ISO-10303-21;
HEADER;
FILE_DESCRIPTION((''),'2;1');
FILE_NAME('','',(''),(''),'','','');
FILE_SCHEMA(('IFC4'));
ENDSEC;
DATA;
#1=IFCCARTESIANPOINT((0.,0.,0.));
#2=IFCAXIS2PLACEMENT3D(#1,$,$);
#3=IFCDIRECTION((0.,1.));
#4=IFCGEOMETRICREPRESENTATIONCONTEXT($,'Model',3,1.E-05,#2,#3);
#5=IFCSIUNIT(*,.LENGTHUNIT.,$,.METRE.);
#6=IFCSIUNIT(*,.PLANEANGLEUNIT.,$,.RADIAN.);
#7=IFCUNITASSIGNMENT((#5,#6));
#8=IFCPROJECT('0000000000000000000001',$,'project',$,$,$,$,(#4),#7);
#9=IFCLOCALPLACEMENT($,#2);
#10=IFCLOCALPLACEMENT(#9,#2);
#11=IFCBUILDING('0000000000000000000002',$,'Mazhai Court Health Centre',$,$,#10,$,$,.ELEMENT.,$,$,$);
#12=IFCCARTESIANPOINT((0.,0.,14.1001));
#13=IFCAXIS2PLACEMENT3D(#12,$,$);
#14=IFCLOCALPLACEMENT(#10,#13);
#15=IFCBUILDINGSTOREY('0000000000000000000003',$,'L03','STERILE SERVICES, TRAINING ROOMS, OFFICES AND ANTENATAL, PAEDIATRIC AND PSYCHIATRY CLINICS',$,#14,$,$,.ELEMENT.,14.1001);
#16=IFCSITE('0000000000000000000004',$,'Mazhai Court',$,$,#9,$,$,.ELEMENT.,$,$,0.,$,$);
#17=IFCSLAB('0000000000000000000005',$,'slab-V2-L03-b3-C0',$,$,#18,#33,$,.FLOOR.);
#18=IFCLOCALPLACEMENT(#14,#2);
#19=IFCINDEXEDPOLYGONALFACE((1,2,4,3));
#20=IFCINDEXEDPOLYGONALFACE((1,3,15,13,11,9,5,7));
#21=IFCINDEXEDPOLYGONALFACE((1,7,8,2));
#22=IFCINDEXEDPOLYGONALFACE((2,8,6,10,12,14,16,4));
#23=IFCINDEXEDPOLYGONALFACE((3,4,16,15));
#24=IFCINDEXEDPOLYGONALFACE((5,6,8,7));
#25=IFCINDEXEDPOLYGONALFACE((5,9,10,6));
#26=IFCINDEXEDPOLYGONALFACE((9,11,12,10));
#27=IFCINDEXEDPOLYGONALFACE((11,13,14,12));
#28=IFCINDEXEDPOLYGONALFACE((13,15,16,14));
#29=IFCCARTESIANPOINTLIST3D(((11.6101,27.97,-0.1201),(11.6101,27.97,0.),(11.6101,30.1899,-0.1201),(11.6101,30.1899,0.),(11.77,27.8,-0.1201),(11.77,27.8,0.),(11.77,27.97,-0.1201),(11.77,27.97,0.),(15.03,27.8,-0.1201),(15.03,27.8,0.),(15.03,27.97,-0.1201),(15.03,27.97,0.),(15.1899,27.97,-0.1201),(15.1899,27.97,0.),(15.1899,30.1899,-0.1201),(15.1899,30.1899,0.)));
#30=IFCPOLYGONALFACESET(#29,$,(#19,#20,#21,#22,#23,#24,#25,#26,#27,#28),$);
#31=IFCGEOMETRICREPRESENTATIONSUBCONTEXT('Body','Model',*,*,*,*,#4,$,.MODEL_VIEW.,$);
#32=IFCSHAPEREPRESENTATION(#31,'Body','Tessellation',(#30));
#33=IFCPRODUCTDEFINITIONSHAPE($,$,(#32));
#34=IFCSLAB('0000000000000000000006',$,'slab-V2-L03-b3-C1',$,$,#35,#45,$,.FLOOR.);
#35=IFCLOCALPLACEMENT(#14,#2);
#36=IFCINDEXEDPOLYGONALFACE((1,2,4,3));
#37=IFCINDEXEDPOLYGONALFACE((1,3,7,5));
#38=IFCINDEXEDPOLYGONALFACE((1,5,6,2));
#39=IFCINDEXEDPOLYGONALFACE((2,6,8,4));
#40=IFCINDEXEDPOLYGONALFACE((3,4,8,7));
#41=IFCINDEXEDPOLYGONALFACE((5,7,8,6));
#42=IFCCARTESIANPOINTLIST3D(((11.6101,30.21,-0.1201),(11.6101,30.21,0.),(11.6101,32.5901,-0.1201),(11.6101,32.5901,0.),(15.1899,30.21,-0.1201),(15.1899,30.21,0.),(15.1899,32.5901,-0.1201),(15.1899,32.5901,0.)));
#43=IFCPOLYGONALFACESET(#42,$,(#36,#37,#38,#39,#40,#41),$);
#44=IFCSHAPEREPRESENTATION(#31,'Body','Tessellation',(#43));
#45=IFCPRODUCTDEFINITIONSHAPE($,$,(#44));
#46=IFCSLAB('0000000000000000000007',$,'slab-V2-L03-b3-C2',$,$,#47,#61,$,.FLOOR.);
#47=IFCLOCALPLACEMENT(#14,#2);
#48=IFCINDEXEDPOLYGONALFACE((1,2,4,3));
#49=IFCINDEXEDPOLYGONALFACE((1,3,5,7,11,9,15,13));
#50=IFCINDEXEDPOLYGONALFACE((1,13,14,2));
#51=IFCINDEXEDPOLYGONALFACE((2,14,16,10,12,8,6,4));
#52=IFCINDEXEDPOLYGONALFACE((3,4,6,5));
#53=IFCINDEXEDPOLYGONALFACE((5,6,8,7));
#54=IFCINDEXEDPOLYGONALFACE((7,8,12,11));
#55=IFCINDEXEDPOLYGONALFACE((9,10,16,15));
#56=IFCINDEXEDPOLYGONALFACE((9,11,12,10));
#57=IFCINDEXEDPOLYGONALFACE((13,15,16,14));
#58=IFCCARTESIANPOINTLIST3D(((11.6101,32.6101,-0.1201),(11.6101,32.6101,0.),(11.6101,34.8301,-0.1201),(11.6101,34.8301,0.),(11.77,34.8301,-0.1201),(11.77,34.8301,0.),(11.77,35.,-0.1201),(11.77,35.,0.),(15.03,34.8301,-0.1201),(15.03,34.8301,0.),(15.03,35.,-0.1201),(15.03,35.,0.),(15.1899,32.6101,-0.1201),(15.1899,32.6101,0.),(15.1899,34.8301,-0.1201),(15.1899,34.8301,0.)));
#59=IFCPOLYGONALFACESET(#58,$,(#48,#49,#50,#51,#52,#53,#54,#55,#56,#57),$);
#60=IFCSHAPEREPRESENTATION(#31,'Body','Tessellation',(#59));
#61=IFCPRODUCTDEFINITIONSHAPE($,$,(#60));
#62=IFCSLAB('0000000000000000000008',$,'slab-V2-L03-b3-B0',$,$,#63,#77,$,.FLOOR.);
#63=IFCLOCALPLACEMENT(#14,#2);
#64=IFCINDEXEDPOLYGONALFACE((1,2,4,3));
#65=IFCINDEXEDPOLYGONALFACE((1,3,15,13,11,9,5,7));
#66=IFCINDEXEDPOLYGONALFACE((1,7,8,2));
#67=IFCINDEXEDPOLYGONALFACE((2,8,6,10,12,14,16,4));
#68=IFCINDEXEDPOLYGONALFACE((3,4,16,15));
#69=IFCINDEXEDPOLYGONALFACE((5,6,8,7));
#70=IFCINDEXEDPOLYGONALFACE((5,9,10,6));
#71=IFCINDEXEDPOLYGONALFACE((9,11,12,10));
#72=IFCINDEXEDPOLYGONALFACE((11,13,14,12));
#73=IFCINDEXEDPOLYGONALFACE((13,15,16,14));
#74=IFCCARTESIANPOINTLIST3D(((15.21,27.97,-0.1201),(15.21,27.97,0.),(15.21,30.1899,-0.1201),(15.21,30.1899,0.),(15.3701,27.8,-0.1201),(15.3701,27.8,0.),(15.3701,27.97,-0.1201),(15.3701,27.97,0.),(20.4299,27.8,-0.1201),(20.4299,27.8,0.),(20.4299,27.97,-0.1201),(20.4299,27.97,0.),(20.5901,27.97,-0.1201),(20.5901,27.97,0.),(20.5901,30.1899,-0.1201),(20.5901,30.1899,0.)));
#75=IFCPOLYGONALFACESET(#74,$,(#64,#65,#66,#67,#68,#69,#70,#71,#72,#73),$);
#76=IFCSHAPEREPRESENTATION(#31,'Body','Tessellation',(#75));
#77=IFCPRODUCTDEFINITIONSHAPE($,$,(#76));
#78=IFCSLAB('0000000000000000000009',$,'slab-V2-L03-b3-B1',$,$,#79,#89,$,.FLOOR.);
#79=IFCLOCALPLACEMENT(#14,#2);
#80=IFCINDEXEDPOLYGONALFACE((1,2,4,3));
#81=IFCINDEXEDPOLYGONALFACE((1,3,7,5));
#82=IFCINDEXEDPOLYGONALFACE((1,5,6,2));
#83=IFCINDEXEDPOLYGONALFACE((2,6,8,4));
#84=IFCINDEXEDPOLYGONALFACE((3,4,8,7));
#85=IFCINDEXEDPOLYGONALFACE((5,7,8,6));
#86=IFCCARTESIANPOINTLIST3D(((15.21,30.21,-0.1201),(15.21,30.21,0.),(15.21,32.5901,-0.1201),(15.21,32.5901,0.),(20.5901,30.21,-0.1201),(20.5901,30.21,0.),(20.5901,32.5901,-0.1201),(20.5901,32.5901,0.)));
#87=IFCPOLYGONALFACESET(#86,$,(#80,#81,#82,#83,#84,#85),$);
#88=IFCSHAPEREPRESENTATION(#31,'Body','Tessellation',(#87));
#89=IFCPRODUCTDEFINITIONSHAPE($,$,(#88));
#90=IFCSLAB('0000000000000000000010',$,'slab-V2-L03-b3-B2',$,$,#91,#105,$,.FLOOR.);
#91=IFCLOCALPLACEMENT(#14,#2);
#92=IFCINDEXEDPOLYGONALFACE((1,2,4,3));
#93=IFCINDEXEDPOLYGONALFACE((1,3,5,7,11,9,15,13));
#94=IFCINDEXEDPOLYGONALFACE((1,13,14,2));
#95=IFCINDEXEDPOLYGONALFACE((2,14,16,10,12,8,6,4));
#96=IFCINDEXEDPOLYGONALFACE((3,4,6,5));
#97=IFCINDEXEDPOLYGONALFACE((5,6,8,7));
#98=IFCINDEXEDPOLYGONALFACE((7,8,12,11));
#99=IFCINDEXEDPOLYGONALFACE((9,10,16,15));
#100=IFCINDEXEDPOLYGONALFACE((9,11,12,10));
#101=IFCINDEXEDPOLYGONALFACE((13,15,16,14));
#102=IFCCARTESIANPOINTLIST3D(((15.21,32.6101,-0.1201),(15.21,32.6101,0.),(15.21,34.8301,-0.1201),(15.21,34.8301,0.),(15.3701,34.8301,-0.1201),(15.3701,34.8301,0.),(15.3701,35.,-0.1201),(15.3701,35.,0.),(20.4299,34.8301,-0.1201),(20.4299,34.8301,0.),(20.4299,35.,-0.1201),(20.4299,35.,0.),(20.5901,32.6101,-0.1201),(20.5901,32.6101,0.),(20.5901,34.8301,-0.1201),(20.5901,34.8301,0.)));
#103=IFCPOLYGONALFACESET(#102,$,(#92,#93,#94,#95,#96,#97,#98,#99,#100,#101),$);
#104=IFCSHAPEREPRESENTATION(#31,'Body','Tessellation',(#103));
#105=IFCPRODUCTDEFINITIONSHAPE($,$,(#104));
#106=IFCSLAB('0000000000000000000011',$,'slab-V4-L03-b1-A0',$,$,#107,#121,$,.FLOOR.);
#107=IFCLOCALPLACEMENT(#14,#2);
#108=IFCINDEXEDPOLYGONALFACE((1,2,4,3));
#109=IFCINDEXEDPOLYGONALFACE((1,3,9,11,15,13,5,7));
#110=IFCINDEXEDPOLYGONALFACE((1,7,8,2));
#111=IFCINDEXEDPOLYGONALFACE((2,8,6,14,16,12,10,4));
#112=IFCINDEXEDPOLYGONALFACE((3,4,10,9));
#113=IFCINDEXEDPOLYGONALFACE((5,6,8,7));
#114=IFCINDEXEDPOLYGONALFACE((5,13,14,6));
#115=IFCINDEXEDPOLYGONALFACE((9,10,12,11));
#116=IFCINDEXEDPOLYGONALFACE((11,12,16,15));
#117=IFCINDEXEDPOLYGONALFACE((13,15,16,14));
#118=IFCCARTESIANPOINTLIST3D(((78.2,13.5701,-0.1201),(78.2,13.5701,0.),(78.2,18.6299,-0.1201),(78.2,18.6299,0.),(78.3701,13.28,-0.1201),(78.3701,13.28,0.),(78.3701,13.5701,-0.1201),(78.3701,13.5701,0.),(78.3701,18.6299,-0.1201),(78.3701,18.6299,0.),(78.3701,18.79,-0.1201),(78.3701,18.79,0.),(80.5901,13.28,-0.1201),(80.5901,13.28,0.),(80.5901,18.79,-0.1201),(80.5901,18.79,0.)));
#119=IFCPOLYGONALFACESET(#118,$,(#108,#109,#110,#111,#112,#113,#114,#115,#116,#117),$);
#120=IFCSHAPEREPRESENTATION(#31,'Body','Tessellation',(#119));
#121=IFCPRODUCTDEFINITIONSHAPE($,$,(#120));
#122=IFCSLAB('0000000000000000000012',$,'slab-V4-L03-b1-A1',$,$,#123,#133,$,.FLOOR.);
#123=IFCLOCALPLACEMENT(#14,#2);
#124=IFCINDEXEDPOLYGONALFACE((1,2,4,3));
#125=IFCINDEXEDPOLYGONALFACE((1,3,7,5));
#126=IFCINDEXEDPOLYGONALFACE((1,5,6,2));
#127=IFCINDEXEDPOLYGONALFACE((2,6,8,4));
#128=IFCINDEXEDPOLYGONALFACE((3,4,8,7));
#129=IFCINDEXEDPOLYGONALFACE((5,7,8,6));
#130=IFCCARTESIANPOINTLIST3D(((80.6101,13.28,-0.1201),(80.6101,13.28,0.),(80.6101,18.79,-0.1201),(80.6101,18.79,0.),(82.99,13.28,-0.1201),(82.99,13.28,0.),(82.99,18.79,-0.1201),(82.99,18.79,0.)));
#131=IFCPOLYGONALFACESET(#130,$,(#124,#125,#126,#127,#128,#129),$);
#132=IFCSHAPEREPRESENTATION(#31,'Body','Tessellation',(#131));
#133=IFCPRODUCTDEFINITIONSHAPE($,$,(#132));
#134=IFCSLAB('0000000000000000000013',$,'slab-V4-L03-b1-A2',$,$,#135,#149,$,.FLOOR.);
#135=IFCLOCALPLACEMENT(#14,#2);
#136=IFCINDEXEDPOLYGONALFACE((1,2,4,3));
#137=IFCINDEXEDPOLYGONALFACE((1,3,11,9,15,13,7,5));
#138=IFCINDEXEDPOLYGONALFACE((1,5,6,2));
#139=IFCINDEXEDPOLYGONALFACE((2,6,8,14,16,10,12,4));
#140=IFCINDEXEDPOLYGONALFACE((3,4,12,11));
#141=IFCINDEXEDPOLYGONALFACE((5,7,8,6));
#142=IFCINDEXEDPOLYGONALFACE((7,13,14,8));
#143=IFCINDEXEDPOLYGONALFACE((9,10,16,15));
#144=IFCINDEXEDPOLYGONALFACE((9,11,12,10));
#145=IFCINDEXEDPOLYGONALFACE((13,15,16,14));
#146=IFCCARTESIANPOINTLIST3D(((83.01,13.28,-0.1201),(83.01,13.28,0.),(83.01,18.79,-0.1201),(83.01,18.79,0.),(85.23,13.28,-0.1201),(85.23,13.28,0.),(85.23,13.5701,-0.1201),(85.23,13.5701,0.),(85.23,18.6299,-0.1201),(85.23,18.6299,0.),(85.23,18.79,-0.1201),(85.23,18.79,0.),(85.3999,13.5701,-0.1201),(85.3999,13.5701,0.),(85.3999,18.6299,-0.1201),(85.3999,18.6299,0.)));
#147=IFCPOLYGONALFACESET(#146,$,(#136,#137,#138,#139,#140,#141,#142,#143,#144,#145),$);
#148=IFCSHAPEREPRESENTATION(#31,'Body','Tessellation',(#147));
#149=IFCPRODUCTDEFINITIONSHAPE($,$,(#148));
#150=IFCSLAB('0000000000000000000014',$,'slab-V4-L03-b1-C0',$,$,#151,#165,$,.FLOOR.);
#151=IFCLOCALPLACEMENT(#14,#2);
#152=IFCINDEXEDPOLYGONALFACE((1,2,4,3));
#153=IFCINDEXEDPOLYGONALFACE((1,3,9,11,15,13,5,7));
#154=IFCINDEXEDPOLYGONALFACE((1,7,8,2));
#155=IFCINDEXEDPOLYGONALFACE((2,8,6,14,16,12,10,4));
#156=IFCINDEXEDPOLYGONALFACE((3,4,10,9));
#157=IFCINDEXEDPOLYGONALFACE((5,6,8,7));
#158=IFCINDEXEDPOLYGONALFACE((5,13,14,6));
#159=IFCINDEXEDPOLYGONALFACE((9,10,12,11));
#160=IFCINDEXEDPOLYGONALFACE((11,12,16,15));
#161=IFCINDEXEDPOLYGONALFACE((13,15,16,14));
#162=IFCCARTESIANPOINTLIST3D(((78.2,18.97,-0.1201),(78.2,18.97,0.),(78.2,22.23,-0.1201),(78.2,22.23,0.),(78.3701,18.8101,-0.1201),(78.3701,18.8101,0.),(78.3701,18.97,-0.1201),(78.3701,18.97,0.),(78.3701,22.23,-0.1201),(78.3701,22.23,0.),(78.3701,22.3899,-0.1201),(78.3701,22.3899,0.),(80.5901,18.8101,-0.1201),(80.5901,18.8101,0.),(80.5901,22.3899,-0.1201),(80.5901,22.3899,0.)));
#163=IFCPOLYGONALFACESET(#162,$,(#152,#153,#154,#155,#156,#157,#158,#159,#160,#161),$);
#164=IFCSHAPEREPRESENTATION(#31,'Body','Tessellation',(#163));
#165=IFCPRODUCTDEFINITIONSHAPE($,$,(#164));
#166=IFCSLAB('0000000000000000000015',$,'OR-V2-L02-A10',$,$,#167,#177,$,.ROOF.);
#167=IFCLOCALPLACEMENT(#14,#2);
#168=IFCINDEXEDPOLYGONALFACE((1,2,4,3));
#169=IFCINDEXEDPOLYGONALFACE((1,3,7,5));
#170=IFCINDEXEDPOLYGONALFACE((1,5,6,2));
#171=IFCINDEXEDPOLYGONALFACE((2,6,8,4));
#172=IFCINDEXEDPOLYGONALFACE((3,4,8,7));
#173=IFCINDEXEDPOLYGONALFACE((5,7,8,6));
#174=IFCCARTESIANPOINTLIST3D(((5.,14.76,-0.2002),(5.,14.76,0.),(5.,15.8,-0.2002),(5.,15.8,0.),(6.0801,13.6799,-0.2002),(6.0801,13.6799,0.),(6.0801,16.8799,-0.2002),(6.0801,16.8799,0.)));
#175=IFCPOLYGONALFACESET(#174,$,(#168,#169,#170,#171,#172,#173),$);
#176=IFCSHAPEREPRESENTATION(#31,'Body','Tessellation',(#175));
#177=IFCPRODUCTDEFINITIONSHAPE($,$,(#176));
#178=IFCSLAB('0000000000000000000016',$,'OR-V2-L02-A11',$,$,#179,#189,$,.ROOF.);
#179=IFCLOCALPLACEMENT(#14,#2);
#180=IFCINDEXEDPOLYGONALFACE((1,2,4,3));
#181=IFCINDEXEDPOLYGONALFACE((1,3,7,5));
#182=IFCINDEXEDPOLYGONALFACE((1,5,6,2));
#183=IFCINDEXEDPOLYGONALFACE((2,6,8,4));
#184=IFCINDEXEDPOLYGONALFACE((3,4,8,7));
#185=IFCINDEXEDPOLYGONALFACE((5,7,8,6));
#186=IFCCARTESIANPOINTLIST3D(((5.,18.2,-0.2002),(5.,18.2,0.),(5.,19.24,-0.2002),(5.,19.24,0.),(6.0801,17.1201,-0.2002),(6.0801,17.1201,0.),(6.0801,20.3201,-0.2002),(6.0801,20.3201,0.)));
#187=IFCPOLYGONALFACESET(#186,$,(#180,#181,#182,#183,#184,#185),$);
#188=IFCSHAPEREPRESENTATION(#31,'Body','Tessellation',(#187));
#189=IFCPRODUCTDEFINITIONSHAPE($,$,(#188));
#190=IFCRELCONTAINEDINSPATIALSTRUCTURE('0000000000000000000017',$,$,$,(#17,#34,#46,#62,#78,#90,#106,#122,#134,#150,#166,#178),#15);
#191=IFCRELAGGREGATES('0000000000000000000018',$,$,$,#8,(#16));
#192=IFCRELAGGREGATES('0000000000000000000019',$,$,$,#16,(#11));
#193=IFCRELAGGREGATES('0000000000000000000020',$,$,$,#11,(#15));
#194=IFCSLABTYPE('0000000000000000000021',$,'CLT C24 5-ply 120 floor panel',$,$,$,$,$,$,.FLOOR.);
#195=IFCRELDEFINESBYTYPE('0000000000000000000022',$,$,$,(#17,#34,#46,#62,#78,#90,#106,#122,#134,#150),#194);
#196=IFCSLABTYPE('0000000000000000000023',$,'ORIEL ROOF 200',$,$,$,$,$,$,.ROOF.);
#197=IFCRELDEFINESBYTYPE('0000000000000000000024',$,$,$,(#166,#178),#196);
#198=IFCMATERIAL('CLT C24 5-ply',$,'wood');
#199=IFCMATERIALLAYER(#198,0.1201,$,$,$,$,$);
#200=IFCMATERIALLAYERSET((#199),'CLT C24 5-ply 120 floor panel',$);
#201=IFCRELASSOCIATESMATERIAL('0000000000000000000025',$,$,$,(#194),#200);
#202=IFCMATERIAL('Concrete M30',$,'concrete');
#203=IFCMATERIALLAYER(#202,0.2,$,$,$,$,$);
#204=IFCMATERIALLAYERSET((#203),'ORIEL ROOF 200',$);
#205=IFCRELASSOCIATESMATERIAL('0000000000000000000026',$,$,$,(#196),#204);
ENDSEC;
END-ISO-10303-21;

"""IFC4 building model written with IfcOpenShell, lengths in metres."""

from ifc_helpers import new_model, si_unit, direction, frame, origin, place, context, subcontext, project, spatial, polyline, outline, extrude, material, layer, layer_set, type_object, element, save


model = new_model("IFC4")

# Units and contexts
model_context = context("Model", 3, precision=1e-05, world=origin(), true_north=direction((0.0, 1.0)))
body_context = subcontext(model_context, "Body", "Model", "MODEL_VIEW")
ifc_project = project(units=[si_unit("LENGTHUNIT", "METRE"), si_unit("PLANEANGLEUNIT", "RADIAN")], contexts=[model_context])

# Site, building, storey
site_placement = place(None, origin())
site = spatial("IfcSite", under=ifc_project, at=site_placement, Name="Mazhai Court", CompositionType="ELEMENT", RefElevation=0.0)
building_placement = place(site_placement, origin())
building = spatial("IfcBuilding", under=site, at=building_placement, Name="Mazhai Court Health Centre", CompositionType="ELEMENT")
storey_placement = place(building_placement, frame((0.0, 0.0, 14.1001)))
storey = spatial("IfcBuildingStorey", under=building, at=storey_placement, Name="L03", Description="STERILE SERVICES, TRAINING ROOMS, OFFICES AND ANTENATAL, PAEDIATRIC AND PSYCHIATRY CLINICS", CompositionType="ELEMENT", Elevation=14.1001)

# Slabs
ifc_material_1 = material(Name="CLT C24 5-ply", Category="wood")
ifc_layer_1 = layer(ifc_material_1, 0.1201)
ifc_layer_set_1 = layer_set([ifc_layer_1], Name="CLT C24 5-ply 120 floor panel")
slab_type_1 = type_object("IfcSlabType", Name="CLT C24 5-ply 120 floor panel", PredefinedType="FLOOR", material=ifc_layer_set_1)
slab_1_placement = place(storey_placement, frame((0.0, 0.0, -0.1201)))
element("IfcSlab", 1, at=slab_1_placement, inside=storey, type_object=slab_type_1, Name="slab-V2-L03-b3-C0", PredefinedType="FLOOR", context=body_context, shape_type="SweptSolid", body=[
    extrude(outline(polyline([(11.6101, 30.1899), (11.6101, 27.97), (11.77, 27.97), (11.77, 27.8), (15.03, 27.8), (15.03, 27.97), (15.1899, 27.97), (15.1899, 30.1899), (11.6101, 30.1899)])), origin(), (0.0, 0.0, 1.0), 0.1201),
])
slab_2_placement = place(storey_placement, frame((0.0, 0.0, -0.1201)))
element("IfcSlab", 2, at=slab_2_placement, inside=storey, type_object=slab_type_1, Name="slab-V2-L03-b3-C1", PredefinedType="FLOOR", context=body_context, shape_type="SweptSolid", body=[
    extrude(outline(polyline([(11.6101, 30.21), (15.1899, 30.21), (15.1899, 32.5901), (11.6101, 32.5901), (11.6101, 30.21)])), origin(), (0.0, 0.0, 1.0), 0.1201),
])
slab_3_placement = place(storey_placement, frame((0.0, 0.0, -0.1201)))
element("IfcSlab", 3, at=slab_3_placement, inside=storey, type_object=slab_type_1, Name="slab-V2-L03-b3-C2", PredefinedType="FLOOR", context=body_context, shape_type="SweptSolid", body=[
    extrude(outline(polyline([(15.1899, 32.6101), (15.1899, 34.8301), (15.03, 34.8301), (15.03, 35.0), (11.77, 35.0), (11.77, 34.8301), (11.6101, 34.8301), (11.6101, 32.6101), (15.1899, 32.6101)])), origin(), (0.0, 0.0, 1.0), 0.1201),
])
slab_4_placement = place(storey_placement, frame((0.0, 0.0, -0.1201)))
element("IfcSlab", 4, at=slab_4_placement, inside=storey, type_object=slab_type_1, Name="slab-V2-L03-b3-B0", PredefinedType="FLOOR", context=body_context, shape_type="SweptSolid", body=[
    extrude(outline(polyline([(15.21, 30.1899), (15.21, 27.97), (15.3701, 27.97), (15.3701, 27.8), (20.4299, 27.8), (20.4299, 27.97), (20.5901, 27.97), (20.5901, 30.1899), (15.21, 30.1899)])), origin(), (0.0, 0.0, 1.0), 0.1201),
])
slab_5_placement = place(storey_placement, frame((0.0, 0.0, -0.1201)))
element("IfcSlab", 5, at=slab_5_placement, inside=storey, type_object=slab_type_1, Name="slab-V2-L03-b3-B1", PredefinedType="FLOOR", context=body_context, shape_type="SweptSolid", body=[
    extrude(outline(polyline([(15.21, 30.21), (20.5901, 30.21), (20.5901, 32.5901), (15.21, 32.5901), (15.21, 30.21)])), origin(), (0.0, 0.0, 1.0), 0.1201),
])
slab_6_placement = place(storey_placement, frame((0.0, 0.0, -0.1201)))
element("IfcSlab", 6, at=slab_6_placement, inside=storey, type_object=slab_type_1, Name="slab-V2-L03-b3-B2", PredefinedType="FLOOR", context=body_context, shape_type="SweptSolid", body=[
    extrude(outline(polyline([(20.5901, 32.6101), (20.5901, 34.8301), (20.4299, 34.8301), (20.4299, 35.0), (15.3701, 35.0), (15.3701, 34.8301), (15.21, 34.8301), (15.21, 32.6101), (20.5901, 32.6101)])), origin(), (0.0, 0.0, 1.0), 0.1201),
])
slab_7_placement = place(storey_placement, frame((0.0, 0.0, -0.1201)))
element("IfcSlab", 7, at=slab_7_placement, inside=storey, type_object=slab_type_1, Name="slab-V4-L03-b1-A0", PredefinedType="FLOOR", context=body_context, shape_type="SweptSolid", body=[
    extrude(outline(polyline([(80.5901, 18.79), (78.3701, 18.79), (78.3701, 18.6299), (78.2, 18.6299), (78.2, 13.5701), (78.3701, 13.5701), (78.3701, 13.28), (80.5901, 13.28), (80.5901, 18.79)])), origin(), (0.0, 0.0, 1.0), 0.1201),
])
slab_8_placement = place(storey_placement, frame((0.0, 0.0, -0.1201)))
element("IfcSlab", 8, at=slab_8_placement, inside=storey, type_object=slab_type_1, Name="slab-V4-L03-b1-A1", PredefinedType="FLOOR", context=body_context, shape_type="SweptSolid", body=[
    extrude(outline(polyline([(80.6101, 13.28), (82.99, 13.28), (82.99, 18.79), (80.6101, 18.79), (80.6101, 13.28)])), origin(), (0.0, 0.0, 1.0), 0.1201),
])
slab_9_placement = place(storey_placement, frame((0.0, 0.0, -0.1201)))
element("IfcSlab", 9, at=slab_9_placement, inside=storey, type_object=slab_type_1, Name="slab-V4-L03-b1-A2", PredefinedType="FLOOR", context=body_context, shape_type="SweptSolid", body=[
    extrude(outline(polyline([(85.3999, 13.5701), (85.3999, 18.6299), (85.23, 18.6299), (85.23, 18.79), (83.01, 18.79), (83.01, 13.28), (85.23, 13.28), (85.23, 13.5701), (85.3999, 13.5701)])), origin(), (0.0, 0.0, 1.0), 0.1201),
])
slab_10_placement = place(storey_placement, frame((0.0, 0.0, -0.1201)))
element("IfcSlab", 10, at=slab_10_placement, inside=storey, type_object=slab_type_1, Name="slab-V4-L03-b1-C0", PredefinedType="FLOOR", context=body_context, shape_type="SweptSolid", body=[
    extrude(outline(polyline([(80.5901, 22.3899), (78.3701, 22.3899), (78.3701, 22.23), (78.2, 22.23), (78.2, 18.97), (78.3701, 18.97), (78.3701, 18.8101), (80.5901, 18.8101), (80.5901, 22.3899)])), origin(), (0.0, 0.0, 1.0), 0.1201),
])
ifc_material_2 = material(Name="Concrete M30", Category="concrete")
ifc_layer_2 = layer(ifc_material_2, 0.2)
ifc_layer_set_2 = layer_set([ifc_layer_2], Name="ORIEL ROOF 200")
slab_type_2 = type_object("IfcSlabType", Name="ORIEL ROOF 200", PredefinedType="ROOF", material=ifc_layer_set_2)
slab_11_placement = place(storey_placement, frame((0.0, 0.0, -0.2002)))
element("IfcSlab", 11, at=slab_11_placement, inside=storey, type_object=slab_type_2, Name="OR-V2-L02-A10", PredefinedType="ROOF", context=body_context, shape_type="SweptSolid", body=[
    extrude(outline(polyline([(6.0801, 13.6799), (5.0, 14.76), (5.0, 15.8), (6.0801, 16.8799), (6.0801, 13.6799)])), origin(), (0.0, 0.0, 1.0), 0.2002),
])
slab_12_placement = place(storey_placement, frame((0.0, 0.0, -0.2002)))
element("IfcSlab", 12, at=slab_12_placement, inside=storey, type_object=slab_type_2, Name="OR-V2-L02-A11", PredefinedType="ROOF", context=body_context, shape_type="SweptSolid", body=[
    extrude(outline(polyline([(6.0801, 17.1201), (5.0, 18.2), (5.0, 19.24), (6.0801, 20.3201), (6.0801, 17.1201)])), origin(), (0.0, 0.0, 1.0), 0.2002),
])

save(model, "model.ifc")
